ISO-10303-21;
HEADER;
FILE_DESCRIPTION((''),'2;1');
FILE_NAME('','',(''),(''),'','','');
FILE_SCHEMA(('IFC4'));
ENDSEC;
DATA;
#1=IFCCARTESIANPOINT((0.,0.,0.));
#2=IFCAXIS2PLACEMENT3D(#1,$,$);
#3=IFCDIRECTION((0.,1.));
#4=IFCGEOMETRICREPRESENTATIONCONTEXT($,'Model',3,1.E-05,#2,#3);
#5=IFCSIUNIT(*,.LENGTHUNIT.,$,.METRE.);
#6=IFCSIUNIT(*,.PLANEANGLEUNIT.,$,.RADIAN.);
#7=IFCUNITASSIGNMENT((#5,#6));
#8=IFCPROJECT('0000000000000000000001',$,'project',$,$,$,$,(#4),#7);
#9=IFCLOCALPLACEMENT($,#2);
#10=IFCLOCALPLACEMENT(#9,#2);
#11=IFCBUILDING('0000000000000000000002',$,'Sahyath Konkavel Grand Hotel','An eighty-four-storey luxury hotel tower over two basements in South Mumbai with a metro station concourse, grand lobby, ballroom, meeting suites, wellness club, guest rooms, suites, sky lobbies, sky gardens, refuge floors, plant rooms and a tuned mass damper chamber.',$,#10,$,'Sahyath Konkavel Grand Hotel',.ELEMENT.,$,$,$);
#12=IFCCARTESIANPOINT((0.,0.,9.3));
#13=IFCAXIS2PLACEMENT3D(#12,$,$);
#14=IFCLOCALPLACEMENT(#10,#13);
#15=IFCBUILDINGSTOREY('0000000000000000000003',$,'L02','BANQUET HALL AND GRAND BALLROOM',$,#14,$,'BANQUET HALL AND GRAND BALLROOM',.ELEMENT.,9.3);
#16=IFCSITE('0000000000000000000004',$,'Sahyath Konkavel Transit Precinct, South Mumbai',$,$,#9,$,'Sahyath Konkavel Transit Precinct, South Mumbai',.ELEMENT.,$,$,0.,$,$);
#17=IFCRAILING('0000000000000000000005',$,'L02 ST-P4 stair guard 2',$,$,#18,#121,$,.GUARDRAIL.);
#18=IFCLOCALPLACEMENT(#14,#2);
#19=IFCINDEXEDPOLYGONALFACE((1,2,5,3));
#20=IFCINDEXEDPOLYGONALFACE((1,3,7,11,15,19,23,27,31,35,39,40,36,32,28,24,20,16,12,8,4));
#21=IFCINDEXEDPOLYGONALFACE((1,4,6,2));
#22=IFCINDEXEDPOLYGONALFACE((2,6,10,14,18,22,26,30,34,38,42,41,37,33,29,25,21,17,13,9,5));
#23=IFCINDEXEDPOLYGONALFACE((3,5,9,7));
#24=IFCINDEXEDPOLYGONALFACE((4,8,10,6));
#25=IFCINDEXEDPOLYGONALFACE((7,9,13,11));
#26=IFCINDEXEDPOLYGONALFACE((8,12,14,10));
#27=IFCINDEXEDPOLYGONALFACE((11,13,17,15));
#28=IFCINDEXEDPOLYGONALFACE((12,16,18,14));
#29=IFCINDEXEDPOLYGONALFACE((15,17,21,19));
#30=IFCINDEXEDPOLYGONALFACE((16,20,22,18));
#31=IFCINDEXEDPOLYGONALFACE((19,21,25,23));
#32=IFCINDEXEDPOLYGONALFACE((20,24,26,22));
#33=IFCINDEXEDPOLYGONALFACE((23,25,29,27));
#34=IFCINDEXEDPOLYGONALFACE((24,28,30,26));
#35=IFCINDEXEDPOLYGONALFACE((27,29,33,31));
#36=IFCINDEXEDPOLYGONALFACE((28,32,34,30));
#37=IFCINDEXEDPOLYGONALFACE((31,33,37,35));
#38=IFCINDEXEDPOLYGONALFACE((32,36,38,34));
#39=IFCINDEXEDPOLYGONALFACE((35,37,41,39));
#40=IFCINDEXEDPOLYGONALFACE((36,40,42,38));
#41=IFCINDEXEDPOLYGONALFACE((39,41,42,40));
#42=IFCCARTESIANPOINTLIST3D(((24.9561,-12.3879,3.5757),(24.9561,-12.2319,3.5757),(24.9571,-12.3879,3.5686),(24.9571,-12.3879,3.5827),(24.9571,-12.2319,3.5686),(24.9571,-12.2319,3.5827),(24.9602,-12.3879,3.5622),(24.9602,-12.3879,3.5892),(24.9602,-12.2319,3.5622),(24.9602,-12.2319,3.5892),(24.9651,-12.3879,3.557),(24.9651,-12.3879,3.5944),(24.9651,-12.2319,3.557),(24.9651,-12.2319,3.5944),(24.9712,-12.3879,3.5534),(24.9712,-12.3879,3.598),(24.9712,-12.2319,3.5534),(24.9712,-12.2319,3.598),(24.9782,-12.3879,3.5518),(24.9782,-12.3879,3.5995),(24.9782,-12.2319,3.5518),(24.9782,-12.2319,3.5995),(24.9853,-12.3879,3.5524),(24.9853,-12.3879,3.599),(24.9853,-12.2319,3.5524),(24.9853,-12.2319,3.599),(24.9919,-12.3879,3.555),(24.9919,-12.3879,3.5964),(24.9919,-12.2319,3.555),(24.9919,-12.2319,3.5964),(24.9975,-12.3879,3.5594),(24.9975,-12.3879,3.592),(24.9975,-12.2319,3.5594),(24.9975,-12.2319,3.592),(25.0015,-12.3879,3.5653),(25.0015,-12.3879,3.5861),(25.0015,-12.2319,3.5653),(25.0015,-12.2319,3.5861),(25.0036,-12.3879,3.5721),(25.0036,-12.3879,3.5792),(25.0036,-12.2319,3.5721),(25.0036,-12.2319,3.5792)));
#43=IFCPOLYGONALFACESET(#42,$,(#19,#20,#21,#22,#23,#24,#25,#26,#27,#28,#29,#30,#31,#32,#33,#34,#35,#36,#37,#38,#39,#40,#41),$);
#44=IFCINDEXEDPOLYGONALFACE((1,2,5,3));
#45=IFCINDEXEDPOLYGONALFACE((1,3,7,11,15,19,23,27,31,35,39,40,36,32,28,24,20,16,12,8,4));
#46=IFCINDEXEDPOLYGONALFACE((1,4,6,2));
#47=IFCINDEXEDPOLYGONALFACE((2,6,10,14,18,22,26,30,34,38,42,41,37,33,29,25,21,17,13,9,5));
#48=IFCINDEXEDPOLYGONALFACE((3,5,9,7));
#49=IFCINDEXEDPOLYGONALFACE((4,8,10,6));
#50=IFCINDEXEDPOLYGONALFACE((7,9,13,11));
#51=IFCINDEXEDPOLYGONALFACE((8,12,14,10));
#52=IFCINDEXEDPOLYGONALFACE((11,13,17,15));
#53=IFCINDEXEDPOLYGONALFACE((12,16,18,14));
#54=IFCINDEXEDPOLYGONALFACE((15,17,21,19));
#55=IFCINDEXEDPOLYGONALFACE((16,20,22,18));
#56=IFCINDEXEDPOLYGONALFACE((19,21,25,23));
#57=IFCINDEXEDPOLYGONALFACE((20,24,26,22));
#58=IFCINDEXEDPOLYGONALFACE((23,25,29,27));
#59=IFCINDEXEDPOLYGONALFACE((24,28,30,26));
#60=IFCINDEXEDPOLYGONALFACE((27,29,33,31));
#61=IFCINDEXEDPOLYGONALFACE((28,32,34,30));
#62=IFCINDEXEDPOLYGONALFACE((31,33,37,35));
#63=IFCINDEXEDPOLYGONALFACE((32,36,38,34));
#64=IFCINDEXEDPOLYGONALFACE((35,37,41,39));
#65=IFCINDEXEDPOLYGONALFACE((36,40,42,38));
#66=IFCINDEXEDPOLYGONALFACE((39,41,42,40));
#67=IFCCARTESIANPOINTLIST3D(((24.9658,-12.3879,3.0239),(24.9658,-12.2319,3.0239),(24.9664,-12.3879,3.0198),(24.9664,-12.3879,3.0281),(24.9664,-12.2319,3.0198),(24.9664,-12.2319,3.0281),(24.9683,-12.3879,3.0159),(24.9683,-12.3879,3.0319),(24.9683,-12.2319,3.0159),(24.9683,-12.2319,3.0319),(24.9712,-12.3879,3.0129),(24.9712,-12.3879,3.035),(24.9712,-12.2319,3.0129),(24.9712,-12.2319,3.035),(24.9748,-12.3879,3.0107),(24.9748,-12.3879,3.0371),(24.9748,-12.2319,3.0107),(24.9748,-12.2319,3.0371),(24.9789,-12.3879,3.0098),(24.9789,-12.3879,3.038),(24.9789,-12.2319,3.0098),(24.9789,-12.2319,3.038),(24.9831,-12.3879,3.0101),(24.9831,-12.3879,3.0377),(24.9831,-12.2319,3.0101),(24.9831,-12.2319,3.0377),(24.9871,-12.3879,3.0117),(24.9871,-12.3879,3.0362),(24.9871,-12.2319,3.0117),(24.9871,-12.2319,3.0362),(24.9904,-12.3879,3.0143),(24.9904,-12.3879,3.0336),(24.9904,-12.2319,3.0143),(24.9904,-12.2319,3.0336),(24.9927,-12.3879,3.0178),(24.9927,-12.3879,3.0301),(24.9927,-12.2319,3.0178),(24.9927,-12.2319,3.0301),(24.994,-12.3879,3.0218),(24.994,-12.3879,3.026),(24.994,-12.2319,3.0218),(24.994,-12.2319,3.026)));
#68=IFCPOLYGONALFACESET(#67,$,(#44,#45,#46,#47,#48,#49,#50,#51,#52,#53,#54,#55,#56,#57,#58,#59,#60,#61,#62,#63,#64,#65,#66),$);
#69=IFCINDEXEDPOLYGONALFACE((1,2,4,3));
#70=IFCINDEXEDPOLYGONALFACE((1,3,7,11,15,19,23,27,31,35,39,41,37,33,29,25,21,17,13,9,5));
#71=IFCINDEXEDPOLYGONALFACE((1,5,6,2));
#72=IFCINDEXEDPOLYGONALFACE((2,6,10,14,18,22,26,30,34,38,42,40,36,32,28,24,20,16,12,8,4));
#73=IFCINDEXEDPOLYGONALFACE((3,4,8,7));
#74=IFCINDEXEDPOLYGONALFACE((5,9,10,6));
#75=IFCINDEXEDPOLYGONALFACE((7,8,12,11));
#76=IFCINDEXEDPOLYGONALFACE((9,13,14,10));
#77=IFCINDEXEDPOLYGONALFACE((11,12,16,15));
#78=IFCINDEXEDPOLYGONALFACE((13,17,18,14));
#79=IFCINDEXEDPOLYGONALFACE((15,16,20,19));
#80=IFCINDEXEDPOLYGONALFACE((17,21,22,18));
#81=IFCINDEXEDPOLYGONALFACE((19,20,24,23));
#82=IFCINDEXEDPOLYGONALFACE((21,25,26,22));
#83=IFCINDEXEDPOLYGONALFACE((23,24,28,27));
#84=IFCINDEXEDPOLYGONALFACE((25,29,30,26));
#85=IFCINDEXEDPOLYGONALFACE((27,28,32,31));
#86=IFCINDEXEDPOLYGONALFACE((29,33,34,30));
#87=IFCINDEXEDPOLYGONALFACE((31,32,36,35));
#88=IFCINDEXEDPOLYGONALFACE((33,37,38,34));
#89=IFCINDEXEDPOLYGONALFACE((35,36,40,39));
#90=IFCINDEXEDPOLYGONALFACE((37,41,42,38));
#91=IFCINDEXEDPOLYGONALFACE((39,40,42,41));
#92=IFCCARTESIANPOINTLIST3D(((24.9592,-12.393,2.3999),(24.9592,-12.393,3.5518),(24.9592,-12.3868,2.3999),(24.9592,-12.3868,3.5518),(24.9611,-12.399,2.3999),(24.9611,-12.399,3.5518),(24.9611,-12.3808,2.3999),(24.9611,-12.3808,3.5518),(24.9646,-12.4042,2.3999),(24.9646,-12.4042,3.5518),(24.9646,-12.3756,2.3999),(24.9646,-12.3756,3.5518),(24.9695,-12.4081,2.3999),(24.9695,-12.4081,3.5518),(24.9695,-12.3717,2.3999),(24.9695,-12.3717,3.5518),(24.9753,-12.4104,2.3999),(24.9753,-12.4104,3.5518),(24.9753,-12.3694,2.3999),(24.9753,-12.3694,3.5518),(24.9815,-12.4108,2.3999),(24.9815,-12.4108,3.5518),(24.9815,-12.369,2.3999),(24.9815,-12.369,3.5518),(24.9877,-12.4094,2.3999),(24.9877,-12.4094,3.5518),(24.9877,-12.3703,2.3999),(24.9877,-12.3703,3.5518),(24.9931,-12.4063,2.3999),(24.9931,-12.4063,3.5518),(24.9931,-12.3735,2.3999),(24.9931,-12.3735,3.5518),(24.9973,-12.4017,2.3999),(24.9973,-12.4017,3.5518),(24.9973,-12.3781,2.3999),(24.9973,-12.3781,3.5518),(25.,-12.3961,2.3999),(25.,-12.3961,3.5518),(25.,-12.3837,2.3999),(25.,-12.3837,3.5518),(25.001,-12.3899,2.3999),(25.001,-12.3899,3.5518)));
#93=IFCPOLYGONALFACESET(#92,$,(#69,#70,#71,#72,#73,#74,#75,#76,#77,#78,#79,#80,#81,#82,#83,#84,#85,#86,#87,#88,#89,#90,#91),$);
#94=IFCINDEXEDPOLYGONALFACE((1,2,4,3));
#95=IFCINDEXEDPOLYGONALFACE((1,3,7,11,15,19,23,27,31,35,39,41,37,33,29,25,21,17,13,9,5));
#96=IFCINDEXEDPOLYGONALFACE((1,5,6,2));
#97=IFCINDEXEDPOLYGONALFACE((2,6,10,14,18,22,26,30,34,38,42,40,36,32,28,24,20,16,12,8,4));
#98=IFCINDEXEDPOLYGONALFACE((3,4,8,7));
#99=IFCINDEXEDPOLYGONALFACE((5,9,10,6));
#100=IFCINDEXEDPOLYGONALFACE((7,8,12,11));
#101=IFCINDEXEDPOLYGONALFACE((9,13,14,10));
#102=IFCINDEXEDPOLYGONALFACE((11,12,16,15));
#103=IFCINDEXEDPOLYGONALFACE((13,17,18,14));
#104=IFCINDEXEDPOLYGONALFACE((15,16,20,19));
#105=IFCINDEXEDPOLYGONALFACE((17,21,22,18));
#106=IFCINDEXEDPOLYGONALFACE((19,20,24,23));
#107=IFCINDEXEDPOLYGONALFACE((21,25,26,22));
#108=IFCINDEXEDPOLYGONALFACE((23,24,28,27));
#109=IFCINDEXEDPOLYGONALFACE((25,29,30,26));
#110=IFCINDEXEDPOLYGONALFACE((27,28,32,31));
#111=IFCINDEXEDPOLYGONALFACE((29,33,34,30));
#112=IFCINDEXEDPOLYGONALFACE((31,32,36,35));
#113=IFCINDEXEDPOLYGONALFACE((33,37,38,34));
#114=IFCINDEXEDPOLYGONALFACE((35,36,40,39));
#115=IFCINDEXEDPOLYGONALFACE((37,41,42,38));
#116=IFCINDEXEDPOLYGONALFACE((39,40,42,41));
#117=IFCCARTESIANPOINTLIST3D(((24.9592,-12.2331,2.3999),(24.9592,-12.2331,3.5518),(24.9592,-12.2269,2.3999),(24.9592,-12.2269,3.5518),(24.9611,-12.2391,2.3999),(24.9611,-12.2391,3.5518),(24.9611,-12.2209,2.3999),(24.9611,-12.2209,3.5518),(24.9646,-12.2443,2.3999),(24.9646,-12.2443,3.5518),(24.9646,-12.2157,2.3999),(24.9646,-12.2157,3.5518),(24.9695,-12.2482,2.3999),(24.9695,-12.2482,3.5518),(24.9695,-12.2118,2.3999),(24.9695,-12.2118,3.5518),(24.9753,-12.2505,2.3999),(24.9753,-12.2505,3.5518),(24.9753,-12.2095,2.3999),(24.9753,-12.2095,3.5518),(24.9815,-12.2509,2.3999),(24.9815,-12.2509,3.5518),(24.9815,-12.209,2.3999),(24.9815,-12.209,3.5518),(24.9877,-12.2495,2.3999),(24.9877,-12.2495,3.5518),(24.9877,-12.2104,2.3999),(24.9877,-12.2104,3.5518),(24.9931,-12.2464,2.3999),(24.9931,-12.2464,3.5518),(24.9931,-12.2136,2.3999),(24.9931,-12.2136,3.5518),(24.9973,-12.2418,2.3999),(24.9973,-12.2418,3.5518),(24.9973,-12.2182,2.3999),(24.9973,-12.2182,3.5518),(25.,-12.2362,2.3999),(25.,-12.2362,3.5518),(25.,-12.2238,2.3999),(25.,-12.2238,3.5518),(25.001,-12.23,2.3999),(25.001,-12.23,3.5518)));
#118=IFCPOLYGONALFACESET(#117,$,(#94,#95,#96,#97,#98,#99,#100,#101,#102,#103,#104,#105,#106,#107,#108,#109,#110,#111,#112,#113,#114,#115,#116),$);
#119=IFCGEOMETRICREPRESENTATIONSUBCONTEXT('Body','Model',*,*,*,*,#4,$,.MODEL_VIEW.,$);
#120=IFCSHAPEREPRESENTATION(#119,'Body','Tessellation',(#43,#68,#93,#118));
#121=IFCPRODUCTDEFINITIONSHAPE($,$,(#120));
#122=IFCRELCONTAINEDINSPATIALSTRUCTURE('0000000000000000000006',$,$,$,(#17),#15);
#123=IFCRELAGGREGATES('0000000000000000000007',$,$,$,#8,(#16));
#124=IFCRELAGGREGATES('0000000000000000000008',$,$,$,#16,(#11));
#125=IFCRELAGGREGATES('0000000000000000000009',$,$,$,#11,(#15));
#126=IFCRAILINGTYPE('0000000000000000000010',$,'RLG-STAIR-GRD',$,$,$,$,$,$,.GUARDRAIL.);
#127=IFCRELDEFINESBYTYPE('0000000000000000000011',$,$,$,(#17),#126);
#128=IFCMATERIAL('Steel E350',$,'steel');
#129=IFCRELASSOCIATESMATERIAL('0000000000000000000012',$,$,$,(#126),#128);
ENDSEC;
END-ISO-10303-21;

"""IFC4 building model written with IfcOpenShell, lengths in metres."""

from ifc_helpers import new_model, si_unit, direction, frame, origin, origin_2d, place, context, subcontext, project, spatial, circle, extrude, material, type_object, element, save


model = new_model("IFC4")

# Units and contexts
model_context = context("Model", 3, precision=1e-05, world=origin(), true_north=direction((0.0, 1.0)))
body_context = subcontext(model_context, "Body", "Model", "MODEL_VIEW")
ifc_project = project(units=[si_unit("LENGTHUNIT", "METRE"), si_unit("PLANEANGLEUNIT", "RADIAN")], contexts=[model_context])

# Site, building, storey
site_placement = place(None, origin())
site = spatial("IfcSite", under=ifc_project, at=site_placement, Name="Sahyath Konkavel Transit Precinct, South Mumbai", LongName="Sahyath Konkavel Transit Precinct, South Mumbai", CompositionType="ELEMENT", RefElevation=0.0)
building_placement = place(site_placement, origin())
building = spatial("IfcBuilding", under=site, at=building_placement, Name="Sahyath Konkavel Grand Hotel", Description="An eighty-four-storey luxury hotel tower over two basements in South Mumbai with a metro station concourse, grand lobby, ballroom, meeting suites, wellness club, guest rooms, suites, sky lobbies, sky gardens, refuge floors, plant rooms and a tuned mass damper chamber.", LongName="Sahyath Konkavel Grand Hotel", CompositionType="ELEMENT")
storey_placement = place(building_placement, frame((0.0, 0.0, 9.3)))
storey = spatial("IfcBuildingStorey", under=building, at=storey_placement, Name="L02", Description="BANQUET HALL AND GRAND BALLROOM", LongName="BANQUET HALL AND GRAND BALLROOM", CompositionType="ELEMENT", Elevation=9.3)

# Shared definitions
ifc_material_1 = material(Name="Steel E350", Category="steel")

# Railing
railing_type_1 = type_object("IfcRailingType", Name="RLG-STAIR-GRD", PredefinedType="GUARDRAIL", material=ifc_material_1)
railing_1_placement = place(storey_placement, frame((24.98, -12.3899, 2.3999)))
element("IfcRailing", 1, at=railing_1_placement, inside=storey, type_object=railing_type_1, Name="L02 ST-P4 stair guard 2", PredefinedType="GUARDRAIL", context=body_context, shape_type="SweptSolid", body=[
    extrude(circle(Radius=0.0239, at=origin_2d()), frame((0.0, 0.002, 1.1758), z_axis=(0.0, 1.0, 0.0), x_axis=(-1.0, 0.0, 0.0)), (0.0, 0.0, 1.0), 0.156),
    extrude(circle(Radius=0.0142, at=origin_2d()), frame((0.0, 0.002, 0.624), z_axis=(0.0, 1.0, 0.0), x_axis=(-1.0, 0.0, 0.0)), (0.0, 0.0, 1.0), 0.156),
    extrude(circle(Radius=0.021, at=origin_2d()), origin(), (0.0, 0.0, 1.0), 1.1519),
    extrude(circle(Radius=0.021, at=origin_2d()), frame((0.0, 0.1599, 0.0)), (0.0, 0.0, 1.0), 1.1519),
])

save(model, "model.ifc")
